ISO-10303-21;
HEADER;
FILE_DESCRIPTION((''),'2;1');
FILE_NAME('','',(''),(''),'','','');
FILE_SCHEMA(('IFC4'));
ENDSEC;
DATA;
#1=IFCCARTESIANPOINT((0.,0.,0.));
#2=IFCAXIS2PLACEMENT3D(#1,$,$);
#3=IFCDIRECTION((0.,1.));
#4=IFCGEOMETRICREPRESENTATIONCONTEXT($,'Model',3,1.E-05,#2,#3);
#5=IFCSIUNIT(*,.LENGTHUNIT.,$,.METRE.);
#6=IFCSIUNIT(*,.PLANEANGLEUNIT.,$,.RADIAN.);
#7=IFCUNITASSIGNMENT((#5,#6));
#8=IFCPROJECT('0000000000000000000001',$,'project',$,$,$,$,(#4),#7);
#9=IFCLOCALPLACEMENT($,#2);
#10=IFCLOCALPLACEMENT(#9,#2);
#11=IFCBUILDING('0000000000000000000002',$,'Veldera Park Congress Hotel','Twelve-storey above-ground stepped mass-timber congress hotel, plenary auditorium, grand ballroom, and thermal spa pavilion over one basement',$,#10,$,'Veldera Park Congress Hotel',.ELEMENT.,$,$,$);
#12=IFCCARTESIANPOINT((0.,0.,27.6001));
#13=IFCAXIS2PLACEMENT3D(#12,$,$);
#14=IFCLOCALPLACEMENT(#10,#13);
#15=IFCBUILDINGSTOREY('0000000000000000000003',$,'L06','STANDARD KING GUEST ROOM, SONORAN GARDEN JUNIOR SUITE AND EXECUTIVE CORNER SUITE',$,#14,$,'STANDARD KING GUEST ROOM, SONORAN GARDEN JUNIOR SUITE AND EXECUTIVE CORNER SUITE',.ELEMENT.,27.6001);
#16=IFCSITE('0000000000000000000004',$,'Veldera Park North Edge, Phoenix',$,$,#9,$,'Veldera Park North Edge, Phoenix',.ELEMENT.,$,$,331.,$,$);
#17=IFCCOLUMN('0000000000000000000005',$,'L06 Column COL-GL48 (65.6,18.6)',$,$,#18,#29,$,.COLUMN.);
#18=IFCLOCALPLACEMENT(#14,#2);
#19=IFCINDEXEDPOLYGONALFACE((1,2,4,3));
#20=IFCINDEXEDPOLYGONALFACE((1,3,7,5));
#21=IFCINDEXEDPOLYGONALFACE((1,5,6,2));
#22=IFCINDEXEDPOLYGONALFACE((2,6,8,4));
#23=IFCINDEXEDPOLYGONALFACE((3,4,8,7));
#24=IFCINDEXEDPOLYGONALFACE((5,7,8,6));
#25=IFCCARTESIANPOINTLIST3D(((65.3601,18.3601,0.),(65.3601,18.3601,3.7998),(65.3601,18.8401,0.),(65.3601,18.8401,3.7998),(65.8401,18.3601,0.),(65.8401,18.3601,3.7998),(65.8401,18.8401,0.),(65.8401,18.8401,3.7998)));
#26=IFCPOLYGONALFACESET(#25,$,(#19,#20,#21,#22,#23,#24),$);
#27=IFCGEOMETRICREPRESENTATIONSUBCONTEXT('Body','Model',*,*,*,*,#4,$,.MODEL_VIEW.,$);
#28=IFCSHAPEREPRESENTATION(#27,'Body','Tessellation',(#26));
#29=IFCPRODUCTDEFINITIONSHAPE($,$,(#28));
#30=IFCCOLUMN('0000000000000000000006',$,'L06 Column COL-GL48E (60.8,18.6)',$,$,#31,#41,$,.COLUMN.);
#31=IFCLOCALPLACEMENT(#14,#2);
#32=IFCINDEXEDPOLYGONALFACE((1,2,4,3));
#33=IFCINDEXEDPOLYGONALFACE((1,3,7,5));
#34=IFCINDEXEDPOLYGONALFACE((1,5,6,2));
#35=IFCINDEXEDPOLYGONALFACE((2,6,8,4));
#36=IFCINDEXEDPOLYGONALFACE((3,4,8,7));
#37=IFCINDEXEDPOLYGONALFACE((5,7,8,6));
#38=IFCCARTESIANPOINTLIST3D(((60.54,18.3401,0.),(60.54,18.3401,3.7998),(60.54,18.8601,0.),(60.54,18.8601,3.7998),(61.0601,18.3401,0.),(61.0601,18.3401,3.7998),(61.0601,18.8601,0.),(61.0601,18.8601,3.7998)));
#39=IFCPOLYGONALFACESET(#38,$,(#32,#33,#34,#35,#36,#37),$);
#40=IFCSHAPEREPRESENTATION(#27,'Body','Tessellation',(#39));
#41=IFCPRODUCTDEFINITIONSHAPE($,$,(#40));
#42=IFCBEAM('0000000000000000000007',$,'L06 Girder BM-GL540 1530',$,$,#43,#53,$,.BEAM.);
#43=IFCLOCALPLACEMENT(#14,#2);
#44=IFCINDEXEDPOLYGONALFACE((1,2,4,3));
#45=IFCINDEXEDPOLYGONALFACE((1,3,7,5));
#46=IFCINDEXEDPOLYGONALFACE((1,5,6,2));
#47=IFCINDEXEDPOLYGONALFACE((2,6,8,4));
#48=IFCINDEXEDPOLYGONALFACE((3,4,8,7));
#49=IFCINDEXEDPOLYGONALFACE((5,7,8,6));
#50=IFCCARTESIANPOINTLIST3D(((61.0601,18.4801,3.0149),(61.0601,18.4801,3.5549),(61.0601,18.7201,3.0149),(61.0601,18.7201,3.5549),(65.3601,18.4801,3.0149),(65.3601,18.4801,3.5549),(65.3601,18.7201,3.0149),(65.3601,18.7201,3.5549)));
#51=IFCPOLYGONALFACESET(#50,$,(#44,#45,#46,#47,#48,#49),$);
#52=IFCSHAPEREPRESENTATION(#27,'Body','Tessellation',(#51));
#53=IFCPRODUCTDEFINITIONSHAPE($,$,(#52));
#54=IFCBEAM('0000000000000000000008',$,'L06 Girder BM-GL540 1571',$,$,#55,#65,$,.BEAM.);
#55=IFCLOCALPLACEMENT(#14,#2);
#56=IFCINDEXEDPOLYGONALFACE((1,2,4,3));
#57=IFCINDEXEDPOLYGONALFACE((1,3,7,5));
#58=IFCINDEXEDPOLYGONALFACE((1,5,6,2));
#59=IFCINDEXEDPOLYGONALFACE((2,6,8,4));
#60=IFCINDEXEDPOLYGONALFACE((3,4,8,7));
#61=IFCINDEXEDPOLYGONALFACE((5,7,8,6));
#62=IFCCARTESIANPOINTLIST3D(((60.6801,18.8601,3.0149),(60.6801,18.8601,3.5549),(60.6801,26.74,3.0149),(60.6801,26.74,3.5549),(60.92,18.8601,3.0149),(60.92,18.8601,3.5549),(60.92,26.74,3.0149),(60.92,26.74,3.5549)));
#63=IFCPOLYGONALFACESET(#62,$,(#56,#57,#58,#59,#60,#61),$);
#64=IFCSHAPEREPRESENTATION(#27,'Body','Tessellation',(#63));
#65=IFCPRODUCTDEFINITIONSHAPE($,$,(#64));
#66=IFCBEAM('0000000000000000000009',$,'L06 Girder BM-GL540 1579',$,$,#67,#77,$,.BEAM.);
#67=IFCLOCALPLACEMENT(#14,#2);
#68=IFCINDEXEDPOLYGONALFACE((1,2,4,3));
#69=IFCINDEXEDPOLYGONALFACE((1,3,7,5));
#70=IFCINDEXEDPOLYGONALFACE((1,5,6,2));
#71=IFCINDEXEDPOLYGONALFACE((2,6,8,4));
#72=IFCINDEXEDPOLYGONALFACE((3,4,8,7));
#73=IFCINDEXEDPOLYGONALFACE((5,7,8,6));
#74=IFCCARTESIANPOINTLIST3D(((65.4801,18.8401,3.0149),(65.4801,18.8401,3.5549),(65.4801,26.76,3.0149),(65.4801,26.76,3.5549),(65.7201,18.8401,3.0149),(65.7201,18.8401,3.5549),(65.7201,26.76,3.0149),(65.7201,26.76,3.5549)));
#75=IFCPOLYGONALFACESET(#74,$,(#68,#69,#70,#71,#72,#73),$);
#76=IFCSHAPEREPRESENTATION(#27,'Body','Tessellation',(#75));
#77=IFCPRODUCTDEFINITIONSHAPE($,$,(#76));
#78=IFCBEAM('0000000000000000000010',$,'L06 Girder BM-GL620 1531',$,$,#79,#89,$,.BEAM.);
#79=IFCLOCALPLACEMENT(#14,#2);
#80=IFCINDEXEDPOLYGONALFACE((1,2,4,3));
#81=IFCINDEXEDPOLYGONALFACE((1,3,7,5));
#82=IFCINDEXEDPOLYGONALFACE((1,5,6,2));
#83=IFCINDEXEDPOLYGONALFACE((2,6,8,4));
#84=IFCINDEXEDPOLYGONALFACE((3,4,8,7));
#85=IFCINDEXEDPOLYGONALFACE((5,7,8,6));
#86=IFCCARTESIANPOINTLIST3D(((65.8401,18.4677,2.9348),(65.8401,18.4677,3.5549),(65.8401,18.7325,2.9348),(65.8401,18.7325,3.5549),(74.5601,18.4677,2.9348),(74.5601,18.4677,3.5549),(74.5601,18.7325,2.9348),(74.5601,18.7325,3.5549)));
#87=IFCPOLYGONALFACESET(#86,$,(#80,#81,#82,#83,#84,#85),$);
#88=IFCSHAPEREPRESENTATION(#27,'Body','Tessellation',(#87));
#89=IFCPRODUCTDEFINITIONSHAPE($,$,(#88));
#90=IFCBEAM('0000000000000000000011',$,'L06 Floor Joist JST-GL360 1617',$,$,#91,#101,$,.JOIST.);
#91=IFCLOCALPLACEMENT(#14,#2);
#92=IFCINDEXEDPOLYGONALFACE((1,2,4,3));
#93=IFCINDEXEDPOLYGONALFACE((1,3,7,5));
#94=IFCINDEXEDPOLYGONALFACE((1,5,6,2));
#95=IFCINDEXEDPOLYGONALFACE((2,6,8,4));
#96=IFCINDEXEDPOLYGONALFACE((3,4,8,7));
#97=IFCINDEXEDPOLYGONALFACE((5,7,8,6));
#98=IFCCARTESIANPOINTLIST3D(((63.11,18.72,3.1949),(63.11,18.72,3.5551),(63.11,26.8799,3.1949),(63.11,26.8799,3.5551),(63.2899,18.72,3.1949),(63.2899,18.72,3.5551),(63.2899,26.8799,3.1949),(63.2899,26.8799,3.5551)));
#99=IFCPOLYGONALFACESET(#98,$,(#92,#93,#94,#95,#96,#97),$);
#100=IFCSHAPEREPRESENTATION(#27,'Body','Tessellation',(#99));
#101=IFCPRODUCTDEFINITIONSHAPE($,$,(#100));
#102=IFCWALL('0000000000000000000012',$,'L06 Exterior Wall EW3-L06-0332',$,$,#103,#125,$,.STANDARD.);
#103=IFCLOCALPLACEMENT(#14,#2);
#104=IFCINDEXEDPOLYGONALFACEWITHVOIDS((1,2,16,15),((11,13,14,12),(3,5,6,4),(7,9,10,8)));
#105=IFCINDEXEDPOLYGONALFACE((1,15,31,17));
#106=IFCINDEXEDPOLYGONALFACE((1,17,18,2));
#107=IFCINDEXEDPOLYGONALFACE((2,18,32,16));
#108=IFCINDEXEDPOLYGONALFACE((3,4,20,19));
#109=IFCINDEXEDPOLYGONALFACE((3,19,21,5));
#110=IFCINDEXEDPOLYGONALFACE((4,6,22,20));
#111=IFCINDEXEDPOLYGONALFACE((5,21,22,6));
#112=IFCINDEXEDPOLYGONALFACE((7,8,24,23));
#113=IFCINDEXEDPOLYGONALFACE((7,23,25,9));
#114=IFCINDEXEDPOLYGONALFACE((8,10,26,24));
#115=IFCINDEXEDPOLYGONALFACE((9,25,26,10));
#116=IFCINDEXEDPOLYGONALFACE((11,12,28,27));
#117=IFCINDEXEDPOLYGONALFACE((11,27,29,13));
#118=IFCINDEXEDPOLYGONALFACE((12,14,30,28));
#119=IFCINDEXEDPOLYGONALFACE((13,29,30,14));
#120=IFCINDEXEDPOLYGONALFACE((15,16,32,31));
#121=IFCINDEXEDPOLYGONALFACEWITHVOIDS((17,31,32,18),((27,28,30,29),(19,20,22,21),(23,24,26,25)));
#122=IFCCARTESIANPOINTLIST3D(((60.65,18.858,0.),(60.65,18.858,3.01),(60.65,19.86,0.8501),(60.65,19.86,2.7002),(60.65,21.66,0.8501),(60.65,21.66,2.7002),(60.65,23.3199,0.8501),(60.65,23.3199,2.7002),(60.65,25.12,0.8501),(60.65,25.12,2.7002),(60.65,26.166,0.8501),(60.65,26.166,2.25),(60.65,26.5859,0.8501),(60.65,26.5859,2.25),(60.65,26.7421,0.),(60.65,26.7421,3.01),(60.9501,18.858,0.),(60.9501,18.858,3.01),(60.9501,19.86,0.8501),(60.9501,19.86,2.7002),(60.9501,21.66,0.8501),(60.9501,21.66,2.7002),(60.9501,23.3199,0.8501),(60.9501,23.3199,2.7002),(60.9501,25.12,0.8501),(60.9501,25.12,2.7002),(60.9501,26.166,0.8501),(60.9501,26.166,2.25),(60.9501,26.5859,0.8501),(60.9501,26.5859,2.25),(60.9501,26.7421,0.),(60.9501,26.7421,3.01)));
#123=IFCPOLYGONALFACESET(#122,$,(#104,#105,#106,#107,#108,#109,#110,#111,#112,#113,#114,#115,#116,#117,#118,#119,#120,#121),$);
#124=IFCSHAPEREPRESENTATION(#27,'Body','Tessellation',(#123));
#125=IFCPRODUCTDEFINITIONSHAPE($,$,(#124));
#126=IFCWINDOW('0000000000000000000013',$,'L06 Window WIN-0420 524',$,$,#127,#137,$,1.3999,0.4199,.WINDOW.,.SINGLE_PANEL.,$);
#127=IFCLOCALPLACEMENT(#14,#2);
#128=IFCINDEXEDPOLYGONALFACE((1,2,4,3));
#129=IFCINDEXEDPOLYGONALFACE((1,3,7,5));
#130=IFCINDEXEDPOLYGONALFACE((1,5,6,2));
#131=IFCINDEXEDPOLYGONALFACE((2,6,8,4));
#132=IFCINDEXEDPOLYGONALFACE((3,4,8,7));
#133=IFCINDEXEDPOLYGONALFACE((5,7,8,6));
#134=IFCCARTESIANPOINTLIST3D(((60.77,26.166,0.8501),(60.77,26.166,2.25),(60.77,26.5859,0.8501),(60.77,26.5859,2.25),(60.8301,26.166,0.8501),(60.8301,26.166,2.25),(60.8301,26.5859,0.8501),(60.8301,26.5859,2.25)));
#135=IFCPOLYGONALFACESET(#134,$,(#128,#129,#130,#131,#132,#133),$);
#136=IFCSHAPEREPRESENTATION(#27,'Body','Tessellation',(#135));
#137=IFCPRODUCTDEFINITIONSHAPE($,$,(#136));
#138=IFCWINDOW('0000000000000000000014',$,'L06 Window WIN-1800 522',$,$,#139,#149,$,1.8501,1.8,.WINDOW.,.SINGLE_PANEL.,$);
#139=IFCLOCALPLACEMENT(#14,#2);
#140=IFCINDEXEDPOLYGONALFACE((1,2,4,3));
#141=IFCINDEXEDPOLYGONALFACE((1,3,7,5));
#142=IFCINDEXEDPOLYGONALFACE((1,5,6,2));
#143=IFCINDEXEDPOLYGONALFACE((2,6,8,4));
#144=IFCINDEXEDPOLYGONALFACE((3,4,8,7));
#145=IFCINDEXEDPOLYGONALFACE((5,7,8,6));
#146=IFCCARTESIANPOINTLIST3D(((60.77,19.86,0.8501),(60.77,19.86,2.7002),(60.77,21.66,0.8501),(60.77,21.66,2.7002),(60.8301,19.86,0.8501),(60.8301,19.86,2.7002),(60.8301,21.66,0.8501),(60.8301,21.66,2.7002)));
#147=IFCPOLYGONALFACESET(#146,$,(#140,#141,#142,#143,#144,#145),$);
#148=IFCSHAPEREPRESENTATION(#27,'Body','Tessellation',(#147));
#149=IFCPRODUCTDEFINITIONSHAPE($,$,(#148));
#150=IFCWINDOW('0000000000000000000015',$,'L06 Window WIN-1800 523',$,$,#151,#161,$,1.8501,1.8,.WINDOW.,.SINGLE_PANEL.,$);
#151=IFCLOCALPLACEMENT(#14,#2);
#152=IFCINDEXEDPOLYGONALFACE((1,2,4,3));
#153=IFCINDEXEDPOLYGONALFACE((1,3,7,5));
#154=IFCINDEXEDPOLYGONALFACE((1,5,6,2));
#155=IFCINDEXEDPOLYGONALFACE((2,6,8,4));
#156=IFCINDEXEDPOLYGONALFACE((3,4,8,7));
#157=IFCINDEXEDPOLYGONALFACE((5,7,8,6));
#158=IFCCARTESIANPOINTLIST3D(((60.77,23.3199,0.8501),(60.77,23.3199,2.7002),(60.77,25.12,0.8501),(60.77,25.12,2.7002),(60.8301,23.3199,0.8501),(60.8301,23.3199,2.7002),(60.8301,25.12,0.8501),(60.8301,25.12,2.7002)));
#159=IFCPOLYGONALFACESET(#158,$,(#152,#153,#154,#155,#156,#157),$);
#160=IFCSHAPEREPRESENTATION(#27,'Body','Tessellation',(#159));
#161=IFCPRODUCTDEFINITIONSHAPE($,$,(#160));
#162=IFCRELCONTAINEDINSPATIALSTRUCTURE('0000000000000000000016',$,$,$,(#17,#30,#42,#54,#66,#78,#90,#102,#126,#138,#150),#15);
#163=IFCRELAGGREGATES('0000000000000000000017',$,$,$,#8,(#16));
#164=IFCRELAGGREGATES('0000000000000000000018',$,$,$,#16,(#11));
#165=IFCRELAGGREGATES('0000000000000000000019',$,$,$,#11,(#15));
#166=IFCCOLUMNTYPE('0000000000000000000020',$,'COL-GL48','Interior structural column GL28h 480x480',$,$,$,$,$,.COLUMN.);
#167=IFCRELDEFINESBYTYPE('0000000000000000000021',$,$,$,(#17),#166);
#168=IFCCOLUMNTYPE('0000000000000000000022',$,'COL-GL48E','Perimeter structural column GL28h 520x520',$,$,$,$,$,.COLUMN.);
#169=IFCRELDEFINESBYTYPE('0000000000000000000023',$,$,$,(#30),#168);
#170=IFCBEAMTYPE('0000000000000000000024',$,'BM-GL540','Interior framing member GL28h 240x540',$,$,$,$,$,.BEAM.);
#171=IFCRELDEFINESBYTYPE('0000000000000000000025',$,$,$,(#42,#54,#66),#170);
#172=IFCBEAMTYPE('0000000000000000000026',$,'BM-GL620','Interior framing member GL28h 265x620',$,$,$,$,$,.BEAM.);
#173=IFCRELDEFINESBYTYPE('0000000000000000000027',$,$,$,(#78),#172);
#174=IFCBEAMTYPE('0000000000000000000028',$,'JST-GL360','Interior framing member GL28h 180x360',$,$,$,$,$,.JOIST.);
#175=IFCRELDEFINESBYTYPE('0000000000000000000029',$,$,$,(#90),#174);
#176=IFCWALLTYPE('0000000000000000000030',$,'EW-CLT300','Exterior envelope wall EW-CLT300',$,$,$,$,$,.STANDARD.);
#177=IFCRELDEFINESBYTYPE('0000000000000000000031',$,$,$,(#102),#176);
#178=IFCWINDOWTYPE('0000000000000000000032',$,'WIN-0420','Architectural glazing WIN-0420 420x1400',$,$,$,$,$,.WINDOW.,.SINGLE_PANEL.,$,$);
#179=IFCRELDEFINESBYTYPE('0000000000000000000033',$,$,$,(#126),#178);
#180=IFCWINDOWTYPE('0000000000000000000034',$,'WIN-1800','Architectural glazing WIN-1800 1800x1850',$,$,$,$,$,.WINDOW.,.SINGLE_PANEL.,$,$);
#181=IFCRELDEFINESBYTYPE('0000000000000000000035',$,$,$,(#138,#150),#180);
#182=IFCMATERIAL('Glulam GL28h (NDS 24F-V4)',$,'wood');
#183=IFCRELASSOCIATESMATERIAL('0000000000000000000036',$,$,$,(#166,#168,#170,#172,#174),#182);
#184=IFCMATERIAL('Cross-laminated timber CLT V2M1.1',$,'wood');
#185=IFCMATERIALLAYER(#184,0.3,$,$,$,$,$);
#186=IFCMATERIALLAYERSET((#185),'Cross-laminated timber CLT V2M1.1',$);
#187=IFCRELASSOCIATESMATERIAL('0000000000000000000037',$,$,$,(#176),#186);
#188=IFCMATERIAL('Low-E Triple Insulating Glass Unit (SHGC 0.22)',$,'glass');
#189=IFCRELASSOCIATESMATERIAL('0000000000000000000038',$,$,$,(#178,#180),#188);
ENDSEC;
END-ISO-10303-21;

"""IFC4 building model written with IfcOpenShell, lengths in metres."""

from ifc_helpers import new_model, si_unit, direction, frame, frame_2d, origin, origin_2d, place, context, subcontext, project, spatial, rectangle, extrude, material, layer, layer_set, material_profile, profile_set, type_object, element, fill, save


model = new_model("IFC4")

# Units and contexts
model_context = context("Model", 3, precision=1e-05, world=origin(), true_north=direction((0.0, 1.0)))
body_context = subcontext(model_context, "Body", "Model", "MODEL_VIEW")
ifc_project = project(units=[si_unit("LENGTHUNIT", "METRE"), si_unit("PLANEANGLEUNIT", "RADIAN")], contexts=[model_context])

# Site, building, storey
site_placement = place(None, origin())
site = spatial("IfcSite", under=ifc_project, at=site_placement, Name="Veldera Park North Edge, Phoenix", LongName="Veldera Park North Edge, Phoenix", CompositionType="ELEMENT", RefElevation=331.0)
building_placement = place(site_placement, origin())
building = spatial("IfcBuilding", under=site, at=building_placement, Name="Veldera Park Congress Hotel", Description="Twelve-storey above-ground stepped mass-timber congress hotel, plenary auditorium, grand ballroom, and thermal spa pavilion over one basement", LongName="Veldera Park Congress Hotel", CompositionType="ELEMENT")
storey_placement = place(building_placement, frame((0.0, 0.0, 27.6001)))
storey = spatial("IfcBuildingStorey", under=building, at=storey_placement, Name="L06", Description="STANDARD KING GUEST ROOM, SONORAN GARDEN JUNIOR SUITE AND EXECUTIVE CORNER SUITE", LongName="STANDARD KING GUEST ROOM, SONORAN GARDEN JUNIOR SUITE AND EXECUTIVE CORNER SUITE", CompositionType="ELEMENT", Elevation=27.6001)

# Columns
ifc_material_1 = material(Name="Glulam GL28h (NDS 24F-V4)", Category="wood")
ifc_material_profile_1 = material_profile(ifc_material_1, rectangle(XDim=0.48, YDim=0.48, at=origin_2d()), Name="GL28h 480x480")
ifc_profile_set_1 = profile_set([ifc_material_profile_1], Name="Glulam GL28h (NDS 24F-V4)")
column_type_1 = type_object("IfcColumnType", Name="COL-GL48", Description="Interior structural column GL28h 480x480", PredefinedType="COLUMN", material=ifc_profile_set_1)
column_1_placement = place(storey_placement, frame((65.6001, 18.6001, 0.0), z_axis=(0.0, 0.0, 1.0), x_axis=(1.0, 0.0, 0.0)))
element("IfcColumn", 1, at=column_1_placement, inside=storey, type_object=column_type_1, Name="L06 Column COL-GL48 (65.6,18.6)", PredefinedType="COLUMN", context=body_context, shape_type="SweptSolid", body=[
    extrude(rectangle(XDim=0.48, YDim=0.48, at=origin_2d()), origin(), (0.0, 0.0, 1.0), 3.7998),
])
ifc_material_profile_2 = material_profile(ifc_material_1, rectangle(XDim=0.52, YDim=0.52, at=origin_2d()), Name="GL28h 520x520")
ifc_profile_set_2 = profile_set([ifc_material_profile_2], Name="Glulam GL28h (NDS 24F-V4)")
column_type_2 = type_object("IfcColumnType", Name="COL-GL48E", Description="Perimeter structural column GL28h 520x520", PredefinedType="COLUMN", material=ifc_profile_set_2)
column_2_placement = place(storey_placement, frame((60.8, 18.6001, 0.0), z_axis=(0.0, 0.0, 1.0), x_axis=(1.0, 0.0, 0.0)))
element("IfcColumn", 2, at=column_2_placement, inside=storey, type_object=column_type_2, Name="L06 Column COL-GL48E (60.8,18.6)", PredefinedType="COLUMN", context=body_context, shape_type="SweptSolid", body=[
    extrude(rectangle(XDim=0.52, YDim=0.52, at=origin_2d()), origin(), (0.0, 0.0, 1.0), 3.7998),
])

# Beams
ifc_material_profile_3 = material_profile(ifc_material_1, rectangle(XDim=0.24, YDim=0.54, at=origin_2d()), Name="GL28h 240x540")
ifc_profile_set_3 = profile_set([ifc_material_profile_3], Name="Glulam GL28h (NDS 24F-V4)")
beam_type_1 = type_object("IfcBeamType", Name="BM-GL540", Description="Interior framing member GL28h 240x540", PredefinedType="BEAM", material=ifc_profile_set_3)
beam_1_placement = place(storey_placement, frame((61.0601, 18.6001, 3.2849), z_axis=(1.0, 0.0, 0.0), x_axis=(0.0, 1.0, 0.0)))
element("IfcBeam", 3, at=beam_1_placement, inside=storey, type_object=beam_type_1, Name="L06 Girder BM-GL540 1530", PredefinedType="BEAM", context=body_context, shape_type="SweptSolid", body=[
    extrude(rectangle(XDim=0.24, YDim=0.54, at=origin_2d()), origin(), (0.0, 0.0, 1.0), 4.3),
])
beam_2_placement = place(storey_placement, frame((60.8, 18.8601, 3.2849), z_axis=(0.0, 1.0, 0.0), x_axis=(-1.0, 0.0, 0.0)))
element("IfcBeam", 4, at=beam_2_placement, inside=storey, type_object=beam_type_1, Name="L06 Girder BM-GL540 1571", PredefinedType="BEAM", context=body_context, shape_type="SweptSolid", body=[
    extrude(rectangle(XDim=0.24, YDim=0.54, at=origin_2d()), origin(), (0.0, 0.0, 1.0), 7.8799),
])
beam_3_placement = place(storey_placement, frame((65.6001, 18.8401, 3.2849), z_axis=(0.0, 1.0, 0.0), x_axis=(-1.0, 0.0, 0.0)))
element("IfcBeam", 5, at=beam_3_placement, inside=storey, type_object=beam_type_1, Name="L06 Girder BM-GL540 1579", PredefinedType="BEAM", context=body_context, shape_type="SweptSolid", body=[
    extrude(rectangle(XDim=0.24, YDim=0.54, at=origin_2d()), origin(), (0.0, 0.0, 1.0), 7.9199),
])
ifc_material_profile_4 = material_profile(ifc_material_1, rectangle(XDim=0.2649, YDim=0.6201, at=origin_2d()), Name="GL28h 265x620")
ifc_profile_set_4 = profile_set([ifc_material_profile_4], Name="Glulam GL28h (NDS 24F-V4)")
beam_type_2 = type_object("IfcBeamType", Name="BM-GL620", Description="Interior framing member GL28h 265x620", PredefinedType="BEAM", material=ifc_profile_set_4)
beam_4_placement = place(storey_placement, frame((65.8401, 18.6001, 3.2449), z_axis=(1.0, 0.0, 0.0), x_axis=(0.0, 1.0, 0.0)))
element("IfcBeam", 6, at=beam_4_placement, inside=storey, type_object=beam_type_2, Name="L06 Girder BM-GL620 1531", PredefinedType="BEAM", context=body_context, shape_type="SweptSolid", body=[
    extrude(rectangle(XDim=0.2649, YDim=0.6201, at=origin_2d()), origin(), (0.0, 0.0, 1.0), 8.72),
])
ifc_material_profile_5 = material_profile(ifc_material_1, rectangle(XDim=0.1799, YDim=0.3601, at=origin_2d()), Name="GL28h 180x360")
ifc_profile_set_5 = profile_set([ifc_material_profile_5], Name="Glulam GL28h (NDS 24F-V4)")
beam_type_3 = type_object("IfcBeamType", Name="JST-GL360", Description="Interior framing member GL28h 180x360", PredefinedType="JOIST", material=ifc_profile_set_5)
beam_5_placement = place(storey_placement, frame((63.2, 18.72, 3.375), z_axis=(0.0, 1.0, 0.0), x_axis=(-1.0, 0.0, 0.0)))
element("IfcBeam", 7, at=beam_5_placement, inside=storey, type_object=beam_type_3, Name="L06 Floor Joist JST-GL360 1617", PredefinedType="JOIST", context=body_context, shape_type="SweptSolid", body=[
    extrude(rectangle(XDim=0.1799, YDim=0.3601, at=origin_2d()), origin(), (0.0, 0.0, 1.0), 8.1599),
])

# Wall, openings, windows
ifc_material_2 = material(Name="Cross-laminated timber CLT V2M1.1", Category="wood")
ifc_layer_1 = layer(ifc_material_2, 0.3)
ifc_layer_set_1 = layer_set([ifc_layer_1], Name="Cross-laminated timber CLT V2M1.1")
wall_type_1 = type_object("IfcWallType", Name="EW-CLT300", Description="Exterior envelope wall EW-CLT300", PredefinedType="STANDARD", material=ifc_layer_set_1)
wall_1_placement = place(storey_placement, frame((60.8, 26.7419, 0.0), z_axis=(0.0, 0.0, 1.0), x_axis=(0.0, -1.0, 0.0)))
wall_1 = element("IfcWall", 8, at=wall_1_placement, inside=storey, type_object=wall_type_1, Name="L06 Exterior Wall EW3-L06-0332", PredefinedType="STANDARD", context=body_context, shape_type="SweptSolid", body=[
    extrude(rectangle(XDim=7.884, YDim=0.3, at=frame_2d((3.9419, 0.0))), origin(), (0.0, 0.0, 1.0), 3.01),
])
opening_1_placement = place(wall_1_placement, frame((5.082, 0.0, 0.8501)))
opening_1 = element("IfcOpeningElement", 9, at=opening_1_placement, cuts=wall_1, PredefinedType="OPENING", context=body_context, shape_type="SweptSolid", body=[
    extrude(rectangle(XDim=1.8, YDim=1.8501, at=frame_2d((0.8999, 0.925))), frame((0.0, 0.1621, 0.0), z_axis=(0.0, -1.0, 0.0), x_axis=(1.0, 0.0, 0.0)), (0.0, 0.0, 1.0), 0.324),
])
opening_2_placement = place(wall_1_placement, frame((1.6221, 0.0, 0.8501)))
opening_2 = element("IfcOpeningElement", 10, at=opening_2_placement, cuts=wall_1, PredefinedType="OPENING", context=body_context, shape_type="SweptSolid", body=[
    extrude(rectangle(XDim=1.8, YDim=1.8501, at=frame_2d((0.8999, 0.925))), frame((0.0, 0.1621, 0.0), z_axis=(0.0, -1.0, 0.0), x_axis=(1.0, 0.0, 0.0)), (0.0, 0.0, 1.0), 0.324),
])
opening_3_placement = place(wall_1_placement, frame((0.156, 0.0, 0.8501)))
opening_3 = element("IfcOpeningElement", 11, at=opening_3_placement, cuts=wall_1, PredefinedType="OPENING", context=body_context, shape_type="SweptSolid", body=[
    extrude(rectangle(XDim=0.4199, YDim=1.3999, at=frame_2d((0.21, 0.7))), frame((0.0, 0.1621, 0.0), z_axis=(0.0, -1.0, 0.0), x_axis=(1.0, 0.0, 0.0)), (0.0, 0.0, 1.0), 0.324),
])
ifc_material_3 = material(Name="Low-E Triple Insulating Glass Unit (SHGC 0.22)", Category="glass")
window_type_1 = type_object("IfcWindowType", Name="WIN-0420", Description="Architectural glazing WIN-0420 420x1400", PartitioningType="SINGLE_PANEL", PredefinedType="WINDOW", material=ifc_material_3)
window_1_placement = place(opening_3_placement, origin())
window_1 = element("IfcWindow", 12, at=window_1_placement, inside=storey, type_object=window_type_1, Name="L06 Window WIN-0420 524", OverallHeight=1.3999, OverallWidth=0.4199, PartitioningType="SINGLE_PANEL", PredefinedType="WINDOW", context=body_context, shape_type="SweptSolid", body=[
    extrude(rectangle(XDim=0.4199, YDim=1.3999, at=frame_2d((0.21, 0.7))), frame((0.0, 0.03, 0.0), z_axis=(0.0, -1.0, 0.0), x_axis=(1.0, 0.0, 0.0)), (0.0, 0.0, 1.0), 0.0601),
])
fill(opening_3, window_1)
window_type_2 = type_object("IfcWindowType", Name="WIN-1800", Description="Architectural glazing WIN-1800 1800x1850", PartitioningType="SINGLE_PANEL", PredefinedType="WINDOW", material=ifc_material_3)
window_2_placement = place(opening_1_placement, origin())
window_2 = element("IfcWindow", 13, at=window_2_placement, inside=storey, type_object=window_type_2, Name="L06 Window WIN-1800 522", OverallHeight=1.8501, OverallWidth=1.8, PartitioningType="SINGLE_PANEL", PredefinedType="WINDOW", context=body_context, shape_type="SweptSolid", body=[
    extrude(rectangle(XDim=1.8, YDim=1.8501, at=frame_2d((0.8999, 0.925))), frame((0.0, 0.03, 0.0), z_axis=(0.0, -1.0, 0.0), x_axis=(1.0, 0.0, 0.0)), (0.0, 0.0, 1.0), 0.0601),
])
fill(opening_1, window_2)
window_3_placement = place(opening_2_placement, origin())
window_3 = element("IfcWindow", 14, at=window_3_placement, inside=storey, type_object=window_type_2, Name="L06 Window WIN-1800 523", OverallHeight=1.8501, OverallWidth=1.8, PartitioningType="SINGLE_PANEL", PredefinedType="WINDOW", context=body_context, shape_type="SweptSolid", body=[
    extrude(rectangle(XDim=1.8, YDim=1.8501, at=frame_2d((0.8999, 0.925))), frame((0.0, 0.03, 0.0), z_axis=(0.0, -1.0, 0.0), x_axis=(1.0, 0.0, 0.0)), (0.0, 0.0, 1.0), 0.0601),
])
fill(opening_2, window_3)

save(model, "model.ifc")
